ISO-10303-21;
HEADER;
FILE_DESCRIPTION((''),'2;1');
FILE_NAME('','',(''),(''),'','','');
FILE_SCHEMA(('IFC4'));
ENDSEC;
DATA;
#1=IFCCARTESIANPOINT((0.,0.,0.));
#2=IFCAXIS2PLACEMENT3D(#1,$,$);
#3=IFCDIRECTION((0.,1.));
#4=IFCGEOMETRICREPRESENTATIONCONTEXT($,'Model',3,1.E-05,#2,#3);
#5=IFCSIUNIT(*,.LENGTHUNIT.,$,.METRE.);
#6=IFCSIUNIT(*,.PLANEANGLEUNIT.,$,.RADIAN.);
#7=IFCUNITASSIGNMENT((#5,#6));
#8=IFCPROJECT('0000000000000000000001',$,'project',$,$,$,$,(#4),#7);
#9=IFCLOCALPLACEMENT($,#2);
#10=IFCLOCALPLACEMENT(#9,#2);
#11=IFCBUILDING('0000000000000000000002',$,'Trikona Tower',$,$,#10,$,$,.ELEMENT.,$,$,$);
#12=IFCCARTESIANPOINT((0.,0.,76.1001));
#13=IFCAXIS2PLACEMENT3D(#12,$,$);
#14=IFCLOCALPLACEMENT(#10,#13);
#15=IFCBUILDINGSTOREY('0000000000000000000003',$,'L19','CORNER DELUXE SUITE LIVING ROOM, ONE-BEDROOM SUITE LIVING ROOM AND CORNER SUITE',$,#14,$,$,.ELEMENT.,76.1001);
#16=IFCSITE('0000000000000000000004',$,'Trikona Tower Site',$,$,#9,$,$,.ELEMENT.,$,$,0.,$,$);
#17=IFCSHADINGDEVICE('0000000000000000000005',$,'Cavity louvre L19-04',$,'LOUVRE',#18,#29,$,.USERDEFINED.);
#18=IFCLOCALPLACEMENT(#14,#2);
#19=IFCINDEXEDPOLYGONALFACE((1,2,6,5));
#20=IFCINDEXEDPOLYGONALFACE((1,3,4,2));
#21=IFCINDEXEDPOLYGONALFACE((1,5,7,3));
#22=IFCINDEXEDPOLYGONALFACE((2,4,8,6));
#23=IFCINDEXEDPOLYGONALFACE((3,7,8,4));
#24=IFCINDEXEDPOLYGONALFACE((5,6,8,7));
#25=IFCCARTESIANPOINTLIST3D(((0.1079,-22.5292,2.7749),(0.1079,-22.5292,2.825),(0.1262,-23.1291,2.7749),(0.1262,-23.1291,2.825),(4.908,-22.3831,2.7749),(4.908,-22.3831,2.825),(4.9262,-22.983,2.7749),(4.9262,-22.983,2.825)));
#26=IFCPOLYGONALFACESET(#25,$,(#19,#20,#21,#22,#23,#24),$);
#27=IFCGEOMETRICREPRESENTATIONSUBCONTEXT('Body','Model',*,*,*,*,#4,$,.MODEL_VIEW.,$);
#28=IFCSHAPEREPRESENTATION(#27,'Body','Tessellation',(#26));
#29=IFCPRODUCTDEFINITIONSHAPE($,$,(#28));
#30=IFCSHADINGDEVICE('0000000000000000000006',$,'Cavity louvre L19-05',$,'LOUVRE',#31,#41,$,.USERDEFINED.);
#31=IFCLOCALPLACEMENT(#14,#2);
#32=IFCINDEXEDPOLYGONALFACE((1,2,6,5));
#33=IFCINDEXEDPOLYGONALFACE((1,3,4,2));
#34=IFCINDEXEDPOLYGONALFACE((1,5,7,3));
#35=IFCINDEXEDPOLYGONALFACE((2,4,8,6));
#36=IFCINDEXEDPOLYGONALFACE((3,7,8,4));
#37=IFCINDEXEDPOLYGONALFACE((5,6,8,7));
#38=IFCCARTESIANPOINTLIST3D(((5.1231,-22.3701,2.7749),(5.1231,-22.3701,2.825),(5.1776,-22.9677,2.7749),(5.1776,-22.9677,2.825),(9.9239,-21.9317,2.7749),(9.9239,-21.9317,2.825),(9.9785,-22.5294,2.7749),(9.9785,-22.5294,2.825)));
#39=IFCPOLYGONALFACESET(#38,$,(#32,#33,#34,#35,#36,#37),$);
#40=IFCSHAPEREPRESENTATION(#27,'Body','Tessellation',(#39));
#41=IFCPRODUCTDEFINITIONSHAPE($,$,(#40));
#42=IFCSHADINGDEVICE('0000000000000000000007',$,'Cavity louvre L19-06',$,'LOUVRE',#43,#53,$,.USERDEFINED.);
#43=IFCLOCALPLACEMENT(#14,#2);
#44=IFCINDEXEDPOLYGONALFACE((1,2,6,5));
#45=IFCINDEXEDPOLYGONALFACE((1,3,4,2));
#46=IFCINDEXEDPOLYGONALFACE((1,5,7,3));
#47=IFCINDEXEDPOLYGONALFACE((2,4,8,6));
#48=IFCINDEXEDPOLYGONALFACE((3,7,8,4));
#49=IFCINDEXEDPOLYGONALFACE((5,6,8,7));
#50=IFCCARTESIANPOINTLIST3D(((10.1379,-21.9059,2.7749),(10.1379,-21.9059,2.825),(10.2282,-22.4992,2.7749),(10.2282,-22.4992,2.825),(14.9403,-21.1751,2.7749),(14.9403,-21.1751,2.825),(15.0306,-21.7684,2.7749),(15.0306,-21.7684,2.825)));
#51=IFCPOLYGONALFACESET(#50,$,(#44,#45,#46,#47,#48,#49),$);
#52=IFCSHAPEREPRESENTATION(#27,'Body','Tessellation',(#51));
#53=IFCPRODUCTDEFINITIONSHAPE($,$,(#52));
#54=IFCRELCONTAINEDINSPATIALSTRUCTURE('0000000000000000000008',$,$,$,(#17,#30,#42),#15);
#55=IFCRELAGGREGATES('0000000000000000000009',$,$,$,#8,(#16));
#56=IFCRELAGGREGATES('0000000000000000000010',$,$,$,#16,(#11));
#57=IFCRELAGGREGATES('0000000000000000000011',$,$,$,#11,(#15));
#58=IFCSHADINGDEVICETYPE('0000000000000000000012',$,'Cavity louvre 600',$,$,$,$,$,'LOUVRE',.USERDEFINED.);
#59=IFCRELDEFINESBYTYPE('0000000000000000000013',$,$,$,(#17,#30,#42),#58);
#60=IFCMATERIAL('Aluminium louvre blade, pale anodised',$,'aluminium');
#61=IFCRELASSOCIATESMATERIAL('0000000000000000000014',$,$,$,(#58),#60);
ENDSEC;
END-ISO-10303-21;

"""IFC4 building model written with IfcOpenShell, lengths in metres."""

from ifc_helpers import new_model, si_unit, direction, frame, origin, origin_2d, place, context, subcontext, project, spatial, rectangle, extrude, material, type_object, element, save


model = new_model("IFC4")

# Units and contexts
model_context = context("Model", 3, precision=1e-05, world=origin(), true_north=direction((0.0, 1.0)))
body_context = subcontext(model_context, "Body", "Model", "MODEL_VIEW")
ifc_project = project(units=[si_unit("LENGTHUNIT", "METRE"), si_unit("PLANEANGLEUNIT", "RADIAN")], contexts=[model_context])

# Site, building, storey
site_placement = place(None, origin())
site = spatial("IfcSite", under=ifc_project, at=site_placement, Name="Trikona Tower Site", CompositionType="ELEMENT", RefElevation=0.0)
building_placement = place(site_placement, origin())
building = spatial("IfcBuilding", under=site, at=building_placement, Name="Trikona Tower", CompositionType="ELEMENT")
storey_placement = place(building_placement, frame((0.0, 0.0, 76.1001)))
storey = spatial("IfcBuildingStorey", under=building, at=storey_placement, Name="L19", Description="CORNER DELUXE SUITE LIVING ROOM, ONE-BEDROOM SUITE LIVING ROOM AND CORNER SUITE", CompositionType="ELEMENT", Elevation=76.1001)

# Shading devices
ifc_material_1 = material(Name="Aluminium louvre blade, pale anodised", Category="aluminium")
shading_device_type = type_object("IfcShadingDeviceType", Name="Cavity louvre 600", ElementType="LOUVRE", PredefinedType="USERDEFINED", material=ifc_material_1)
shading_device_1_placement = place(storey_placement, frame((2.5171, -22.7561, 2.7749), z_axis=(0.0, 0.0, 1.0), x_axis=(0.999537, 0.030425, 0.0)))
element("IfcShadingDevice", 1, at=shading_device_1_placement, inside=storey, type_object=shading_device_type, Name="Cavity louvre L19-04", ObjectType="LOUVRE", PredefinedType="USERDEFINED", context=body_context, shape_type="SweptSolid", body=[
    extrude(rectangle(XDim=4.8022, YDim=0.6001, at=origin_2d()), origin(), (0.0, 0.0, 1.0), 0.05),
])
shading_device_2_placement = place(storey_placement, frame((7.5508, -22.4497, 2.7749), z_axis=(0.0, 0.0, 1.0), x_axis=(0.995858, 0.090921, 0.0)))
element("IfcShadingDevice", 2, at=shading_device_2_placement, inside=storey, type_object=shading_device_type, Name="Cavity louvre L19-05", ObjectType="LOUVRE", PredefinedType="USERDEFINED", context=body_context, shape_type="SweptSolid", body=[
    extrude(rectangle(XDim=4.8208, YDim=0.6001, at=origin_2d()), origin(), (0.0, 0.0, 1.0), 0.05),
])
shading_device_3_placement = place(storey_placement, frame((12.5842, -21.8372, 2.7749), z_axis=(0.0, 0.0, 1.0), x_axis=(0.988618, 0.150448, 0.0)))
element("IfcShadingDevice", 3, at=shading_device_3_placement, inside=storey, type_object=shading_device_type, Name="Cavity louvre L19-06", ObjectType="LOUVRE", PredefinedType="USERDEFINED", context=body_context, shape_type="SweptSolid", body=[
    extrude(rectangle(XDim=4.8577, YDim=0.6001, at=origin_2d()), origin(), (0.0, 0.0, 1.0), 0.05),
])

save(model, "model.ifc")
